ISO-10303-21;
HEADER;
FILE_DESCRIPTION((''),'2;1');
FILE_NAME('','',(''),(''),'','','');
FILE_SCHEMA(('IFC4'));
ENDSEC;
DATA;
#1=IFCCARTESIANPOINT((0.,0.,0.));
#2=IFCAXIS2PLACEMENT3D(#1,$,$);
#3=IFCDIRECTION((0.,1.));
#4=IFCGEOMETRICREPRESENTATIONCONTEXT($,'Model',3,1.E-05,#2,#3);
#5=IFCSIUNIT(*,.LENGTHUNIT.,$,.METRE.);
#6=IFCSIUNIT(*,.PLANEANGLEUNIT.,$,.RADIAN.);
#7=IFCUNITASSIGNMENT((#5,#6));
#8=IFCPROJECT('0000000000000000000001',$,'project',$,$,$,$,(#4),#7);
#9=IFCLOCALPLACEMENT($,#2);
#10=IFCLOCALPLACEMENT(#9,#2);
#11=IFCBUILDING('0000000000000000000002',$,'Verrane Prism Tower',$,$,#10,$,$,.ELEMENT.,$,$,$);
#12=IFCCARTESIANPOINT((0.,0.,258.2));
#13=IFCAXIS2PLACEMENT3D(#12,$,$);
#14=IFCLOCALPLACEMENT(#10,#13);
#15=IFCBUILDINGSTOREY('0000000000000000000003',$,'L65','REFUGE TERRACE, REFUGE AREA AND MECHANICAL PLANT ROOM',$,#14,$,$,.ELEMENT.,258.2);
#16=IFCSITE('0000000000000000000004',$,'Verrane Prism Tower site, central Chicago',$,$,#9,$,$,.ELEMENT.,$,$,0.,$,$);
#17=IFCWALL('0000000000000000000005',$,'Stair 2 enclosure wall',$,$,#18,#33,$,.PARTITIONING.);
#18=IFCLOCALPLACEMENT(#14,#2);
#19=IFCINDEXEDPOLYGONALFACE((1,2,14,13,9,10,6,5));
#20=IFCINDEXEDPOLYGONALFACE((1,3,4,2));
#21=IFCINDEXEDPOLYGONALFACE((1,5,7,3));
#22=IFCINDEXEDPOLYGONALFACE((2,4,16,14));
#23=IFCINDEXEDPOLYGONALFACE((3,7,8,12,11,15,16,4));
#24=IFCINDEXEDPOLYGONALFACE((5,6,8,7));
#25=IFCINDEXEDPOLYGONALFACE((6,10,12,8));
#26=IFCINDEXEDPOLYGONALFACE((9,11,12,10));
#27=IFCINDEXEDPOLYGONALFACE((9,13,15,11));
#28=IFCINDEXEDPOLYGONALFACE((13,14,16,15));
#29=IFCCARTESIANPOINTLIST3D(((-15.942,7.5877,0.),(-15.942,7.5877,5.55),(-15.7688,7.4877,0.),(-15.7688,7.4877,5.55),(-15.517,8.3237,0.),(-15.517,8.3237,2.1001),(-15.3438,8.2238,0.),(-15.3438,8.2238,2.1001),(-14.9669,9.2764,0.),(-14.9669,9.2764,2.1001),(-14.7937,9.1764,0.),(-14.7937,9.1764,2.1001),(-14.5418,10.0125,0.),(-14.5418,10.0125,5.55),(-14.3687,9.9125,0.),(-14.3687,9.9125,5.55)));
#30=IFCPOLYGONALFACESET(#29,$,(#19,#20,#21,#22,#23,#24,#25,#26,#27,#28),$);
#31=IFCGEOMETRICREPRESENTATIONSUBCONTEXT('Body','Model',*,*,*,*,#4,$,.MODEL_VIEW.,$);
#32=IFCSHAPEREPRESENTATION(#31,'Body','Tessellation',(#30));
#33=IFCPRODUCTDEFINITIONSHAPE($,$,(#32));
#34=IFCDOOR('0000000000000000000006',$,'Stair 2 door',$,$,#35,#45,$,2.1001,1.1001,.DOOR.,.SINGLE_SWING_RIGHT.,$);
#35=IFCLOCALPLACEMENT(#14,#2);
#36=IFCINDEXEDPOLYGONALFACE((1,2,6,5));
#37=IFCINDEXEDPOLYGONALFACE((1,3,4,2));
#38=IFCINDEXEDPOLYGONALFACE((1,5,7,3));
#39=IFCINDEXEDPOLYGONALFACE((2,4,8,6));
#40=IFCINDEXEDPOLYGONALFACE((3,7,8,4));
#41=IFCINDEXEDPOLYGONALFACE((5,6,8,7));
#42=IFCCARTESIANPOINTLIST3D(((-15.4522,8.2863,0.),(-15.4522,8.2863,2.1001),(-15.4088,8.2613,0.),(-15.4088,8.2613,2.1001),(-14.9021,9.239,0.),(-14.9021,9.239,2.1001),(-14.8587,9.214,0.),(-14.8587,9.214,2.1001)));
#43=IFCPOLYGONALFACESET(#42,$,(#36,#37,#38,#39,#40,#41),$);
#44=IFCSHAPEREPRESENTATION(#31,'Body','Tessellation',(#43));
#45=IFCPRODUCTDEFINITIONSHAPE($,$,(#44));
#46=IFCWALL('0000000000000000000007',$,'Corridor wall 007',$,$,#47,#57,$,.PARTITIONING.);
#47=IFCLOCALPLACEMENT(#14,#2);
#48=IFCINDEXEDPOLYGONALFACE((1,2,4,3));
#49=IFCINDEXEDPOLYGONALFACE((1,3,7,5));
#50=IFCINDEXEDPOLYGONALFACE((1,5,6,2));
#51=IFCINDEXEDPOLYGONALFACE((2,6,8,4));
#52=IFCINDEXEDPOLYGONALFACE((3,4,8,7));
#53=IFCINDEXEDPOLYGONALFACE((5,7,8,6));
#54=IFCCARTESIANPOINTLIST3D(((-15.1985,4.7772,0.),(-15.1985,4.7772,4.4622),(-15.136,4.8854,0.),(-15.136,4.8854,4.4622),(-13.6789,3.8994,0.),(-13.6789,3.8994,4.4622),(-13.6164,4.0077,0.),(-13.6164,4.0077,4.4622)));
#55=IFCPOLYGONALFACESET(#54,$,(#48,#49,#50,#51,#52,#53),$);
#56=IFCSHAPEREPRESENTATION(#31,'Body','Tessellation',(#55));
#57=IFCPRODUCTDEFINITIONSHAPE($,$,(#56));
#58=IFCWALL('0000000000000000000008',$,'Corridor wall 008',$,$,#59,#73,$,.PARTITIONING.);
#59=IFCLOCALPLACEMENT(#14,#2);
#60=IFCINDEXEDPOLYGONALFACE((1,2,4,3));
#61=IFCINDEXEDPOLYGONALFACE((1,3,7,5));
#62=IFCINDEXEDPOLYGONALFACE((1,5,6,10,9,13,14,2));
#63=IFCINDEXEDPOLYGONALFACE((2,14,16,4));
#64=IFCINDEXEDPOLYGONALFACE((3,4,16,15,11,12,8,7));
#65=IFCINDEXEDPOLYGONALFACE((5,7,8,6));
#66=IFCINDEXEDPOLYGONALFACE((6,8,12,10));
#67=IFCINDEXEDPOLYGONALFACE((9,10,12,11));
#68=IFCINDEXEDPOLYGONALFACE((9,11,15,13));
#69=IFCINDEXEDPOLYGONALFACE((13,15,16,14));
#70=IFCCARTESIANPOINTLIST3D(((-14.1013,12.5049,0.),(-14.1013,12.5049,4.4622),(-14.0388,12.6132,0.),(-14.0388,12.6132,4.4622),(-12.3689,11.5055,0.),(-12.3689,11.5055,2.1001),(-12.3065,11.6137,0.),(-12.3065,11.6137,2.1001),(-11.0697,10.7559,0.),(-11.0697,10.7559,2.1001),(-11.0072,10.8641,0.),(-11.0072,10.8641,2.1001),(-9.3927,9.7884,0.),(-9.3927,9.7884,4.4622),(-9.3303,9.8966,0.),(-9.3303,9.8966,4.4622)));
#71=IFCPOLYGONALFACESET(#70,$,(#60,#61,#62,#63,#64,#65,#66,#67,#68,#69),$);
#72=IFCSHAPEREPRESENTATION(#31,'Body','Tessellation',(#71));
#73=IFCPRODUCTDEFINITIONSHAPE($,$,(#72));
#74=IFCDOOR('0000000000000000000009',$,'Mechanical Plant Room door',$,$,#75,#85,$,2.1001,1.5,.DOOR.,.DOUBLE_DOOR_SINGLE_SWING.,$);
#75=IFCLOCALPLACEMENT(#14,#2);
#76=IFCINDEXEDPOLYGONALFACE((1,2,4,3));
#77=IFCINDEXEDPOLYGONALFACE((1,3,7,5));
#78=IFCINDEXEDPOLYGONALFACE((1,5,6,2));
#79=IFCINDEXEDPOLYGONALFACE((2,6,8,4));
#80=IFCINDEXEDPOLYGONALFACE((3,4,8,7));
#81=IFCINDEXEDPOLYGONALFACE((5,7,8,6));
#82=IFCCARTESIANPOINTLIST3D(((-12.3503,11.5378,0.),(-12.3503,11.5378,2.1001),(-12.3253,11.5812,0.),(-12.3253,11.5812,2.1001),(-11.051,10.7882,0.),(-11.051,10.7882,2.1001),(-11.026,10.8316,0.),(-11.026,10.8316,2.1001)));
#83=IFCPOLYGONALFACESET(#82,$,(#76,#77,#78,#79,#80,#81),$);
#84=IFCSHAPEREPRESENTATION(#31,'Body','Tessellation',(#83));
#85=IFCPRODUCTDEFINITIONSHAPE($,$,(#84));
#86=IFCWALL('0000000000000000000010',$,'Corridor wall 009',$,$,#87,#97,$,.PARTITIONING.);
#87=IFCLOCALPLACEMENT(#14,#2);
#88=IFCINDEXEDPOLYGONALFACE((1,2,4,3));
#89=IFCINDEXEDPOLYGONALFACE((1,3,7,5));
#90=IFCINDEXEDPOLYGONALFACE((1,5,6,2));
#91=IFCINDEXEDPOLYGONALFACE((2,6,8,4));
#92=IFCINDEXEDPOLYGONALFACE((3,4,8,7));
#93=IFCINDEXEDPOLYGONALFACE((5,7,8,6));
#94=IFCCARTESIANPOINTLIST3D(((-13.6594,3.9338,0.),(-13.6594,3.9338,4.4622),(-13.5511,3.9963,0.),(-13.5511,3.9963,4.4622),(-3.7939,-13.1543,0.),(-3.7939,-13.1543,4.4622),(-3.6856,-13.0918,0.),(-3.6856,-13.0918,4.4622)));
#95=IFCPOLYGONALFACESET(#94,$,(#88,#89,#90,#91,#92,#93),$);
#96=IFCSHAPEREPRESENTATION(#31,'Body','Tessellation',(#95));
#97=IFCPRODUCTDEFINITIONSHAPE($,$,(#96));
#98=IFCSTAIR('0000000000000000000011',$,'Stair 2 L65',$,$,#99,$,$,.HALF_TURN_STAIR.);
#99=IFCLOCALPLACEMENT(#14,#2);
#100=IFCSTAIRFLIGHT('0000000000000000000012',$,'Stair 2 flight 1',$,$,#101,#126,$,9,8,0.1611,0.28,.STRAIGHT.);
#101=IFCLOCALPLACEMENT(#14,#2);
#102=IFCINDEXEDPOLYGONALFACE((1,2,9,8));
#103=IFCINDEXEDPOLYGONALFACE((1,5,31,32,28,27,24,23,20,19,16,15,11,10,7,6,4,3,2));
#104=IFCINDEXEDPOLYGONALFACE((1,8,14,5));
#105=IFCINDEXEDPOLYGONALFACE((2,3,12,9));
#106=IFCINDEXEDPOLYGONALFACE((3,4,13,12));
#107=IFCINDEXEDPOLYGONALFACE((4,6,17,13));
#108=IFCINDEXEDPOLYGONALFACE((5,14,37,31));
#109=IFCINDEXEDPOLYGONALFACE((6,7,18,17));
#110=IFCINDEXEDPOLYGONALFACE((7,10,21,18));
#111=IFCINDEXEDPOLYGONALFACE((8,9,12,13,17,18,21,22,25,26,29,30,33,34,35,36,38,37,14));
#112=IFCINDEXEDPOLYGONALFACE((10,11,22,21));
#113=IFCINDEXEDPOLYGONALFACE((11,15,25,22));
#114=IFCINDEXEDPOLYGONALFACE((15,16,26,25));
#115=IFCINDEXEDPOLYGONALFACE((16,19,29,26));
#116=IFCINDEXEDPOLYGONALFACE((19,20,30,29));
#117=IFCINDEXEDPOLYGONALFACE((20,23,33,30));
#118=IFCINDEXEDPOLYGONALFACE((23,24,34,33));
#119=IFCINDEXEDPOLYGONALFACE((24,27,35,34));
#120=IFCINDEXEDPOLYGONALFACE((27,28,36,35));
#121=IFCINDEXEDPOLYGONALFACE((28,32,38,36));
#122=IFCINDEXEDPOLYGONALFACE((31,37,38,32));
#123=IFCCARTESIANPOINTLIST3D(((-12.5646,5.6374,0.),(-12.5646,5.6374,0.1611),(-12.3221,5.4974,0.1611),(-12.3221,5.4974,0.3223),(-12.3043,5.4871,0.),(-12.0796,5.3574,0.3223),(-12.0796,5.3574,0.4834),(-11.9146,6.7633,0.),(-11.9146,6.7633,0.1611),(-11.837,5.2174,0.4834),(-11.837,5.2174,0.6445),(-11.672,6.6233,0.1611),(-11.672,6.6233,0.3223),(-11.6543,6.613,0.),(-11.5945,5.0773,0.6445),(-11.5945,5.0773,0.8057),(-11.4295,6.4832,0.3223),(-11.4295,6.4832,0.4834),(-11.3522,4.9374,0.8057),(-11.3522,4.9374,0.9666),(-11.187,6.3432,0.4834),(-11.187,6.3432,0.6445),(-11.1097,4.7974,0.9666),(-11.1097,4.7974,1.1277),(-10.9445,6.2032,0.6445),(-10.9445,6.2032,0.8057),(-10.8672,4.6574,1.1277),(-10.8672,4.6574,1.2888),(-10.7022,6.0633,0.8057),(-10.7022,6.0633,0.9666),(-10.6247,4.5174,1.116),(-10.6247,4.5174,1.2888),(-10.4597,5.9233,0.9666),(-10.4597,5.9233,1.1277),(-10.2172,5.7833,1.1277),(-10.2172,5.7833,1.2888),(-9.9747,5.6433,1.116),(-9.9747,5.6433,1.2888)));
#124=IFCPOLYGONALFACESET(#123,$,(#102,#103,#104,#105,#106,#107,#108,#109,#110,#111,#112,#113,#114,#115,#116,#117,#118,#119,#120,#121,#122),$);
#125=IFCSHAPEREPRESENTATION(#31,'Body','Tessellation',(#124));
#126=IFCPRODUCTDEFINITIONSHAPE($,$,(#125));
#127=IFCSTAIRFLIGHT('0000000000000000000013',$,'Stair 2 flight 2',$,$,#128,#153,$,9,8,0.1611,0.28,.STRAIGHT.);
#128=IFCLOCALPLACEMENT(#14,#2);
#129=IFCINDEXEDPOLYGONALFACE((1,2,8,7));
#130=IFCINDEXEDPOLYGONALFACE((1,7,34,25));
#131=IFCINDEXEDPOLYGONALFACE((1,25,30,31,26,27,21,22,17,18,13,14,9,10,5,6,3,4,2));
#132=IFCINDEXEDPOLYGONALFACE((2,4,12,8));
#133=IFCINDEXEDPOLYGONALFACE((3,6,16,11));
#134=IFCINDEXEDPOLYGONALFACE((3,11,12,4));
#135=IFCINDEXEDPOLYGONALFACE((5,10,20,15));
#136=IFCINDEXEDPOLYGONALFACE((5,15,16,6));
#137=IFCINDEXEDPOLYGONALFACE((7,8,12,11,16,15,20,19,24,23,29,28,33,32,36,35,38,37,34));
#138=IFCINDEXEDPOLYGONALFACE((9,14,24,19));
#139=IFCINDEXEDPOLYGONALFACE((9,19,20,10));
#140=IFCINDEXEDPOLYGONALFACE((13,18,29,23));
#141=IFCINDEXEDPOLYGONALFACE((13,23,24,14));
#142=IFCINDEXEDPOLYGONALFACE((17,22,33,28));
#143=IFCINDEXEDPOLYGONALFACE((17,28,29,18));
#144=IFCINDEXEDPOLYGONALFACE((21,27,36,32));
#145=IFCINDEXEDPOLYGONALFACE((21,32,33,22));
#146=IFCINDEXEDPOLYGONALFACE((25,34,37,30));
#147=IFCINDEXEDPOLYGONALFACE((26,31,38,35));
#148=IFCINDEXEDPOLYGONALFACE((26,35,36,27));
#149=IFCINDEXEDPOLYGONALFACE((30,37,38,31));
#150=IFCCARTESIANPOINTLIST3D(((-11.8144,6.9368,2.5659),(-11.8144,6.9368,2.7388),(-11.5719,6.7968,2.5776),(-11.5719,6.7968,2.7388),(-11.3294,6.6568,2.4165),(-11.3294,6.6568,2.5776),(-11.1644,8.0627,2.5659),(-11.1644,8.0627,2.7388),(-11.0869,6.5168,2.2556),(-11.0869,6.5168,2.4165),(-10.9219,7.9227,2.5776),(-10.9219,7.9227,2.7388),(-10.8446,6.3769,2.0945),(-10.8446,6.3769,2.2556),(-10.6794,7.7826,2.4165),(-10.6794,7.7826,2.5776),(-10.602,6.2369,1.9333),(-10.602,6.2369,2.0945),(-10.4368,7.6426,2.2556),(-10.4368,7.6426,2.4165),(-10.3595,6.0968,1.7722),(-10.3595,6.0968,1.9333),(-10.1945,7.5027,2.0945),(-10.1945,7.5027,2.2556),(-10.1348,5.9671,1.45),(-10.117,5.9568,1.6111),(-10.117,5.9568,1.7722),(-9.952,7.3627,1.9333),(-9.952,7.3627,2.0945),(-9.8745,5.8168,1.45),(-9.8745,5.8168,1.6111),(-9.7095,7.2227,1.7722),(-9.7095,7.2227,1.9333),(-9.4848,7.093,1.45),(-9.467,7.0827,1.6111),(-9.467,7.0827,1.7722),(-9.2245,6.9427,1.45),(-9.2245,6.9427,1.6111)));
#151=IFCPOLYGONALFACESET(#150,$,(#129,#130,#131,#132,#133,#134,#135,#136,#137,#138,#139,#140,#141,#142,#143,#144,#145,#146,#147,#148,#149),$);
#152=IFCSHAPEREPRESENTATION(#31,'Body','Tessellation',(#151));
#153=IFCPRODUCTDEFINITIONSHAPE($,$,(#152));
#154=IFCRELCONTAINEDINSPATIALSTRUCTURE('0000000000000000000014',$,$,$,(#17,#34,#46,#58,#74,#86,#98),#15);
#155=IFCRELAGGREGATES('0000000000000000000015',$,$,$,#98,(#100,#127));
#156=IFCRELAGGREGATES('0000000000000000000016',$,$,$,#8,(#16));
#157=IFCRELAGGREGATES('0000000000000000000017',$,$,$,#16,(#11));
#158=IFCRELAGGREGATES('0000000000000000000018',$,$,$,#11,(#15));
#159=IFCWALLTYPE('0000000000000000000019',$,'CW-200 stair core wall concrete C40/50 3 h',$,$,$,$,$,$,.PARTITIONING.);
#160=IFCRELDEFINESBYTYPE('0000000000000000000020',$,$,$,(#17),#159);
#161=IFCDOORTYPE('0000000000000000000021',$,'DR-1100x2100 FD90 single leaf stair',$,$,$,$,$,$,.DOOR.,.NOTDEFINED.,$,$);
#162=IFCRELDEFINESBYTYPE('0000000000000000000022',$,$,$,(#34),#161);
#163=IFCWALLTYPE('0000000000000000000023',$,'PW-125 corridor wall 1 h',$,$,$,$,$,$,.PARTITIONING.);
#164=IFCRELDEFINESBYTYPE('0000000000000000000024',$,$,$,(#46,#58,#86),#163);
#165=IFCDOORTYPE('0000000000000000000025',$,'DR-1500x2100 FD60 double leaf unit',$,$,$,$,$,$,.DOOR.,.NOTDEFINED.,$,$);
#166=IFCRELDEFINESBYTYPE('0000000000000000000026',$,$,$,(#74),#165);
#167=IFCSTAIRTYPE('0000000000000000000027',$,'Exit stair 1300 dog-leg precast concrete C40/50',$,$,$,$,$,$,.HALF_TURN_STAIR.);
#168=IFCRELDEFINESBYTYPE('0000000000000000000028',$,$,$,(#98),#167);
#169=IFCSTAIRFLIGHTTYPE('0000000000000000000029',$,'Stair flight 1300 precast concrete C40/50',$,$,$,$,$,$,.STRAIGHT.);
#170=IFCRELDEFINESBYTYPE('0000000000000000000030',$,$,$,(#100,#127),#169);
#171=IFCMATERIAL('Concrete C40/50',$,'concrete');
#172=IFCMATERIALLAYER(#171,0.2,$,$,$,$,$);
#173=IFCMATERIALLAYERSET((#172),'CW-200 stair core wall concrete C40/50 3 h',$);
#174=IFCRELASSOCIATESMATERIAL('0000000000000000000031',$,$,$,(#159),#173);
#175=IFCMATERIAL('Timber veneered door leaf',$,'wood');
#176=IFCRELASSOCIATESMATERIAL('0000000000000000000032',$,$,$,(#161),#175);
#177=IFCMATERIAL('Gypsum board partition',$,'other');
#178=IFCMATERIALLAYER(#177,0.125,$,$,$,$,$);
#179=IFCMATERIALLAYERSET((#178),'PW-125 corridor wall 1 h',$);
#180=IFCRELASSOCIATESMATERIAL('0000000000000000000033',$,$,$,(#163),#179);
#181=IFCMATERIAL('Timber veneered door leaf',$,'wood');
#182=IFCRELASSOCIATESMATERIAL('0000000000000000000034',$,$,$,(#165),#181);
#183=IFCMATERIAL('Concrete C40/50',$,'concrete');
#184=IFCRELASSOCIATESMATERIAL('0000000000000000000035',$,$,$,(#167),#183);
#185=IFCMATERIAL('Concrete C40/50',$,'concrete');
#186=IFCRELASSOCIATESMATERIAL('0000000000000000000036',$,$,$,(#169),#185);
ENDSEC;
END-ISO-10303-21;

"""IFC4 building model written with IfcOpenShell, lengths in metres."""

from ifc_helpers import new_model, si_unit, direction, frame, frame_2d, origin, place, context, subcontext, project, spatial, polyline, rectangle, outline, extrude, material, layer, layer_set, type_object, element, fill, aggregate, save


model = new_model("IFC4")

# Units and contexts
model_context = context("Model", 3, precision=1e-05, world=origin(), true_north=direction((0.0, 1.0)))
body_context = subcontext(model_context, "Body", "Model", "MODEL_VIEW")
ifc_project = project(units=[si_unit("LENGTHUNIT", "METRE"), si_unit("PLANEANGLEUNIT", "RADIAN")], contexts=[model_context])

# Site, building, storey
site_placement = place(None, origin())
site = spatial("IfcSite", under=ifc_project, at=site_placement, Name="Verrane Prism Tower site, central Chicago", CompositionType="ELEMENT", RefElevation=0.0)
building_placement = place(site_placement, origin())
building = spatial("IfcBuilding", under=site, at=building_placement, Name="Verrane Prism Tower", CompositionType="ELEMENT")
storey_placement = place(building_placement, frame((0.0, 0.0, 258.2)))
storey = spatial("IfcBuildingStorey", under=building, at=storey_placement, Name="L65", Description="REFUGE TERRACE, REFUGE AREA AND MECHANICAL PLANT ROOM", CompositionType="ELEMENT", Elevation=258.2)

# Wall, opening, door
ifc_material_1 = material(Name="Concrete C40/50", Category="concrete")
ifc_layer_1 = layer(ifc_material_1, 0.2)
ifc_layer_set_1 = layer_set([ifc_layer_1], Name="CW-200 stair core wall concrete C40/50 3 h")
wall_type_1 = type_object("IfcWallType", Name="CW-200 stair core wall concrete C40/50 3 h", PredefinedType="PARTITIONING", material=ifc_layer_set_1)
wall_1_placement = place(storey_placement, frame((-14.4553, 9.9624, 0.0), z_axis=(0.0, 0.0, 1.0), x_axis=(-0.50005, -0.865997, 0.0)))
wall_1 = element("IfcWall", 1, at=wall_1_placement, inside=storey, type_object=wall_type_1, Name="Stair 2 enclosure wall", PredefinedType="PARTITIONING", context=body_context, shape_type="SweptSolid", body=[
    extrude(rectangle(XDim=2.8, YDim=0.2, at=frame_2d((1.3999, 0.0))), origin(), (0.0, 0.0, 1.0), 5.55),
])
opening_1_placement = place(wall_1_placement, frame((0.8499, 0.0, 0.0)))
opening_1 = element("IfcOpeningElement", 2, at=opening_1_placement, cuts=wall_1, PredefinedType="OPENING", context=body_context, shape_type="SweptSolid", body=[
    extrude(rectangle(XDim=1.1001, YDim=2.1001, at=frame_2d((0.55, 1.05))), frame((0.0, 0.1099, 0.0), z_axis=(0.0, -1.0, 0.0), x_axis=(1.0, 0.0, 0.0)), (0.0, 0.0, 1.0), 0.22),
])
ifc_material_2 = material(Name="Timber veneered door leaf", Category="wood")
door_type_1 = type_object("IfcDoorType", Name="DR-1100x2100 FD90 single leaf stair", OperationType="NOTDEFINED", PredefinedType="DOOR", material=ifc_material_2)
door_1_placement = place(opening_1_placement, origin())
door_1 = element("IfcDoor", 3, at=door_1_placement, inside=storey, type_object=door_type_1, Name="Stair 2 door", OperationType="SINGLE_SWING_RIGHT", OverallHeight=2.1001, OverallWidth=1.1001, PredefinedType="DOOR", context=body_context, shape_type="SweptSolid", body=[
    extrude(rectangle(XDim=1.1001, YDim=2.1001, at=frame_2d((0.55, 1.05))), frame((0.0, 0.0249, 0.0), z_axis=(0.0, -1.0, 0.0), x_axis=(1.0, 0.0, 0.0)), (0.0, 0.0, 1.0), 0.05),
])
fill(opening_1, door_1)

# Wall
ifc_material_3 = material(Name="Gypsum board partition", Category="other")
ifc_layer_2 = layer(ifc_material_3, 0.125)
ifc_layer_set_2 = layer_set([ifc_layer_2], Name="PW-125 corridor wall 1 h")
wall_type_2 = type_object("IfcWallType", Name="PW-125 corridor wall 1 h", PredefinedType="PARTITIONING", material=ifc_layer_set_2)
wall_2_placement = place(storey_placement, frame((-15.1672, 4.8313, 0.0), z_axis=(0.0, 0.0, 1.0), x_axis=(0.865931, -0.500164, 0.0)))
element("IfcWall", 4, at=wall_2_placement, inside=storey, type_object=wall_type_2, Name="Corridor wall 007", PredefinedType="PARTITIONING", context=body_context, shape_type="SweptSolid", body=[
    extrude(rectangle(XDim=1.7549, YDim=0.125, at=frame_2d((0.8774, 0.0))), origin(), (0.0, 0.0, 1.0), 4.4622),
])

# Wall, opening, door
wall_3_placement = place(storey_placement, frame((-14.0701, 12.5591, 0.0), z_axis=(0.0, 0.0, 1.0), x_axis=(0.866177, -0.499738, 0.0)))
wall_3 = element("IfcWall", 5, at=wall_3_placement, inside=storey, type_object=wall_type_2, Name="Corridor wall 008", PredefinedType="PARTITIONING", context=body_context, shape_type="SweptSolid", body=[
    extrude(rectangle(XDim=5.436, YDim=0.125, at=frame_2d((2.718, 0.0))), origin(), (0.0, 0.0, 1.0), 4.4622),
])
opening_2_placement = place(wall_3_placement, frame((2.0, 0.0, 0.0)))
opening_2 = element("IfcOpeningElement", 6, at=opening_2_placement, cuts=wall_3, PredefinedType="OPENING", context=body_context, shape_type="SweptSolid", body=[
    extrude(rectangle(XDim=1.5, YDim=2.1001, at=frame_2d((0.75, 1.05))), frame((0.0, 0.0725, 0.0), z_axis=(0.0, -1.0, 0.0), x_axis=(1.0, 0.0, 0.0)), (0.0, 0.0, 1.0), 0.145),
])
ifc_material_4 = material(Name="Timber veneered door leaf", Category="wood")
door_type_2 = type_object("IfcDoorType", Name="DR-1500x2100 FD60 double leaf unit", OperationType="NOTDEFINED", PredefinedType="DOOR", material=ifc_material_4)
door_2_placement = place(opening_2_placement, origin())
door_2 = element("IfcDoor", 7, at=door_2_placement, inside=storey, type_object=door_type_2, Name="Mechanical Plant Room door", OperationType="DOUBLE_DOOR_SINGLE_SWING", OverallHeight=2.1001, OverallWidth=1.5, PredefinedType="DOOR", context=body_context, shape_type="SweptSolid", body=[
    extrude(rectangle(XDim=1.5, YDim=2.1001, at=frame_2d((0.75, 1.05))), frame((0.0, 0.0249, 0.0), z_axis=(0.0, -1.0, 0.0), x_axis=(1.0, 0.0, 0.0)), (0.0, 0.0, 1.0), 0.05),
])
fill(opening_2, door_2)

# Wall
wall_4_placement = place(storey_placement, frame((-13.6052, 3.9651, 0.0), z_axis=(0.0, 0.0, 1.0), x_axis=(0.499986, -0.866033, 0.0)))
element("IfcWall", 8, at=wall_4_placement, inside=storey, type_object=wall_type_2, Name="Corridor wall 009", PredefinedType="PARTITIONING", context=body_context, shape_type="SweptSolid", body=[
    extrude(rectangle(XDim=19.7314, YDim=0.125, at=frame_2d((9.8657, 0.0))), origin(), (0.0, 0.0, 1.0), 4.4622),
])

# Stair, stair flights
ifc_material_5 = material(Name="Concrete C40/50", Category="concrete")
stair_type = type_object("IfcStairType", Name="Exit stair 1300 dog-leg precast concrete C40/50", PredefinedType="HALF_TURN_STAIR", material=ifc_material_5)
stair_placement = place(storey_placement, origin())
stair = element("IfcStair", 9, at=stair_placement, inside=storey, type_object=stair_type, Name="Stair 2 L65", PredefinedType="HALF_TURN_STAIR")
ifc_material_6 = material(Name="Concrete C40/50", Category="concrete")
stair_flight_type = type_object("IfcStairFlightType", Name="Stair flight 1300 precast concrete C40/50", PredefinedType="STRAIGHT", material=ifc_material_6)
stair_flight_1_placement = place(storey_placement, frame((-12.2395, 6.2004, 0.0), z_axis=(0.0, 0.0, 1.0), x_axis=(0.866025, -0.5, 0.0)))
stair_flight_1 = element("IfcStairFlight", 10, at=stair_flight_1_placement, type_object=stair_flight_type, Name="Stair 2 flight 1", NumberOfRisers=9, NumberOfTreads=8, PredefinedType="STRAIGHT", RiserHeight=0.1611, TreadLength=0.28, context=body_context, shape_type="SweptSolid", body=[
    extrude(outline(polyline([(0.0, 0.0), (0.0, 0.1611), (0.28, 0.1611), (0.28, 0.3223), (0.5601, 0.3223), (0.5601, 0.4834), (0.8401, 0.4834), (0.8401, 0.6445), (1.1201, 0.6445), (1.1201, 0.8057), (1.3999, 0.8057), (1.3999, 0.9666), (1.6799, 0.9666), (1.6799, 1.1277), (1.96, 1.1277), (1.96, 1.2888), (2.24, 1.2888), (2.24, 1.45), (2.24, 1.116), (0.3005, 0.0), (0.0, 0.0)])), frame((0.0, 0.6499, 0.0), z_axis=(0.0, -1.0, 0.0), x_axis=(1.0, 0.0, 0.0)), (0.0, 0.0, 1.0), 1.3),
])
stair_flight_2_placement = place(storey_placement, frame((-9.5496, 6.3796, 1.45), z_axis=(0.0, 0.0, 1.0), x_axis=(-0.866025, 0.5, 0.0)))
stair_flight_2 = element("IfcStairFlight", 11, at=stair_flight_2_placement, type_object=stair_flight_type, Name="Stair 2 flight 2", NumberOfRisers=9, NumberOfTreads=8, PredefinedType="STRAIGHT", RiserHeight=0.1611, TreadLength=0.28, context=body_context, shape_type="SweptSolid", body=[
    extrude(outline(polyline([(0.0, 0.0), (0.0, 0.1611), (0.28, 0.1611), (0.28, 0.3223), (0.5601, 0.3223), (0.5601, 0.4834), (0.8401, 0.4834), (0.8401, 0.6445), (1.1201, 0.6445), (1.1201, 0.8057), (1.3999, 0.8057), (1.3999, 0.9666), (1.6799, 0.9666), (1.6799, 1.1277), (1.96, 1.1277), (1.96, 1.2888), (2.24, 1.2888), (2.24, 1.45), (2.24, 1.116), (0.3005, 0.0), (0.0, 0.0)])), frame((0.0, 0.6499, 0.0), z_axis=(0.0, -1.0, 0.0), x_axis=(1.0, 0.0, 0.0)), (0.0, 0.0, 1.0), 1.3),
])
aggregate(stair, [stair_flight_1, stair_flight_2])

save(model, "model.ifc")
